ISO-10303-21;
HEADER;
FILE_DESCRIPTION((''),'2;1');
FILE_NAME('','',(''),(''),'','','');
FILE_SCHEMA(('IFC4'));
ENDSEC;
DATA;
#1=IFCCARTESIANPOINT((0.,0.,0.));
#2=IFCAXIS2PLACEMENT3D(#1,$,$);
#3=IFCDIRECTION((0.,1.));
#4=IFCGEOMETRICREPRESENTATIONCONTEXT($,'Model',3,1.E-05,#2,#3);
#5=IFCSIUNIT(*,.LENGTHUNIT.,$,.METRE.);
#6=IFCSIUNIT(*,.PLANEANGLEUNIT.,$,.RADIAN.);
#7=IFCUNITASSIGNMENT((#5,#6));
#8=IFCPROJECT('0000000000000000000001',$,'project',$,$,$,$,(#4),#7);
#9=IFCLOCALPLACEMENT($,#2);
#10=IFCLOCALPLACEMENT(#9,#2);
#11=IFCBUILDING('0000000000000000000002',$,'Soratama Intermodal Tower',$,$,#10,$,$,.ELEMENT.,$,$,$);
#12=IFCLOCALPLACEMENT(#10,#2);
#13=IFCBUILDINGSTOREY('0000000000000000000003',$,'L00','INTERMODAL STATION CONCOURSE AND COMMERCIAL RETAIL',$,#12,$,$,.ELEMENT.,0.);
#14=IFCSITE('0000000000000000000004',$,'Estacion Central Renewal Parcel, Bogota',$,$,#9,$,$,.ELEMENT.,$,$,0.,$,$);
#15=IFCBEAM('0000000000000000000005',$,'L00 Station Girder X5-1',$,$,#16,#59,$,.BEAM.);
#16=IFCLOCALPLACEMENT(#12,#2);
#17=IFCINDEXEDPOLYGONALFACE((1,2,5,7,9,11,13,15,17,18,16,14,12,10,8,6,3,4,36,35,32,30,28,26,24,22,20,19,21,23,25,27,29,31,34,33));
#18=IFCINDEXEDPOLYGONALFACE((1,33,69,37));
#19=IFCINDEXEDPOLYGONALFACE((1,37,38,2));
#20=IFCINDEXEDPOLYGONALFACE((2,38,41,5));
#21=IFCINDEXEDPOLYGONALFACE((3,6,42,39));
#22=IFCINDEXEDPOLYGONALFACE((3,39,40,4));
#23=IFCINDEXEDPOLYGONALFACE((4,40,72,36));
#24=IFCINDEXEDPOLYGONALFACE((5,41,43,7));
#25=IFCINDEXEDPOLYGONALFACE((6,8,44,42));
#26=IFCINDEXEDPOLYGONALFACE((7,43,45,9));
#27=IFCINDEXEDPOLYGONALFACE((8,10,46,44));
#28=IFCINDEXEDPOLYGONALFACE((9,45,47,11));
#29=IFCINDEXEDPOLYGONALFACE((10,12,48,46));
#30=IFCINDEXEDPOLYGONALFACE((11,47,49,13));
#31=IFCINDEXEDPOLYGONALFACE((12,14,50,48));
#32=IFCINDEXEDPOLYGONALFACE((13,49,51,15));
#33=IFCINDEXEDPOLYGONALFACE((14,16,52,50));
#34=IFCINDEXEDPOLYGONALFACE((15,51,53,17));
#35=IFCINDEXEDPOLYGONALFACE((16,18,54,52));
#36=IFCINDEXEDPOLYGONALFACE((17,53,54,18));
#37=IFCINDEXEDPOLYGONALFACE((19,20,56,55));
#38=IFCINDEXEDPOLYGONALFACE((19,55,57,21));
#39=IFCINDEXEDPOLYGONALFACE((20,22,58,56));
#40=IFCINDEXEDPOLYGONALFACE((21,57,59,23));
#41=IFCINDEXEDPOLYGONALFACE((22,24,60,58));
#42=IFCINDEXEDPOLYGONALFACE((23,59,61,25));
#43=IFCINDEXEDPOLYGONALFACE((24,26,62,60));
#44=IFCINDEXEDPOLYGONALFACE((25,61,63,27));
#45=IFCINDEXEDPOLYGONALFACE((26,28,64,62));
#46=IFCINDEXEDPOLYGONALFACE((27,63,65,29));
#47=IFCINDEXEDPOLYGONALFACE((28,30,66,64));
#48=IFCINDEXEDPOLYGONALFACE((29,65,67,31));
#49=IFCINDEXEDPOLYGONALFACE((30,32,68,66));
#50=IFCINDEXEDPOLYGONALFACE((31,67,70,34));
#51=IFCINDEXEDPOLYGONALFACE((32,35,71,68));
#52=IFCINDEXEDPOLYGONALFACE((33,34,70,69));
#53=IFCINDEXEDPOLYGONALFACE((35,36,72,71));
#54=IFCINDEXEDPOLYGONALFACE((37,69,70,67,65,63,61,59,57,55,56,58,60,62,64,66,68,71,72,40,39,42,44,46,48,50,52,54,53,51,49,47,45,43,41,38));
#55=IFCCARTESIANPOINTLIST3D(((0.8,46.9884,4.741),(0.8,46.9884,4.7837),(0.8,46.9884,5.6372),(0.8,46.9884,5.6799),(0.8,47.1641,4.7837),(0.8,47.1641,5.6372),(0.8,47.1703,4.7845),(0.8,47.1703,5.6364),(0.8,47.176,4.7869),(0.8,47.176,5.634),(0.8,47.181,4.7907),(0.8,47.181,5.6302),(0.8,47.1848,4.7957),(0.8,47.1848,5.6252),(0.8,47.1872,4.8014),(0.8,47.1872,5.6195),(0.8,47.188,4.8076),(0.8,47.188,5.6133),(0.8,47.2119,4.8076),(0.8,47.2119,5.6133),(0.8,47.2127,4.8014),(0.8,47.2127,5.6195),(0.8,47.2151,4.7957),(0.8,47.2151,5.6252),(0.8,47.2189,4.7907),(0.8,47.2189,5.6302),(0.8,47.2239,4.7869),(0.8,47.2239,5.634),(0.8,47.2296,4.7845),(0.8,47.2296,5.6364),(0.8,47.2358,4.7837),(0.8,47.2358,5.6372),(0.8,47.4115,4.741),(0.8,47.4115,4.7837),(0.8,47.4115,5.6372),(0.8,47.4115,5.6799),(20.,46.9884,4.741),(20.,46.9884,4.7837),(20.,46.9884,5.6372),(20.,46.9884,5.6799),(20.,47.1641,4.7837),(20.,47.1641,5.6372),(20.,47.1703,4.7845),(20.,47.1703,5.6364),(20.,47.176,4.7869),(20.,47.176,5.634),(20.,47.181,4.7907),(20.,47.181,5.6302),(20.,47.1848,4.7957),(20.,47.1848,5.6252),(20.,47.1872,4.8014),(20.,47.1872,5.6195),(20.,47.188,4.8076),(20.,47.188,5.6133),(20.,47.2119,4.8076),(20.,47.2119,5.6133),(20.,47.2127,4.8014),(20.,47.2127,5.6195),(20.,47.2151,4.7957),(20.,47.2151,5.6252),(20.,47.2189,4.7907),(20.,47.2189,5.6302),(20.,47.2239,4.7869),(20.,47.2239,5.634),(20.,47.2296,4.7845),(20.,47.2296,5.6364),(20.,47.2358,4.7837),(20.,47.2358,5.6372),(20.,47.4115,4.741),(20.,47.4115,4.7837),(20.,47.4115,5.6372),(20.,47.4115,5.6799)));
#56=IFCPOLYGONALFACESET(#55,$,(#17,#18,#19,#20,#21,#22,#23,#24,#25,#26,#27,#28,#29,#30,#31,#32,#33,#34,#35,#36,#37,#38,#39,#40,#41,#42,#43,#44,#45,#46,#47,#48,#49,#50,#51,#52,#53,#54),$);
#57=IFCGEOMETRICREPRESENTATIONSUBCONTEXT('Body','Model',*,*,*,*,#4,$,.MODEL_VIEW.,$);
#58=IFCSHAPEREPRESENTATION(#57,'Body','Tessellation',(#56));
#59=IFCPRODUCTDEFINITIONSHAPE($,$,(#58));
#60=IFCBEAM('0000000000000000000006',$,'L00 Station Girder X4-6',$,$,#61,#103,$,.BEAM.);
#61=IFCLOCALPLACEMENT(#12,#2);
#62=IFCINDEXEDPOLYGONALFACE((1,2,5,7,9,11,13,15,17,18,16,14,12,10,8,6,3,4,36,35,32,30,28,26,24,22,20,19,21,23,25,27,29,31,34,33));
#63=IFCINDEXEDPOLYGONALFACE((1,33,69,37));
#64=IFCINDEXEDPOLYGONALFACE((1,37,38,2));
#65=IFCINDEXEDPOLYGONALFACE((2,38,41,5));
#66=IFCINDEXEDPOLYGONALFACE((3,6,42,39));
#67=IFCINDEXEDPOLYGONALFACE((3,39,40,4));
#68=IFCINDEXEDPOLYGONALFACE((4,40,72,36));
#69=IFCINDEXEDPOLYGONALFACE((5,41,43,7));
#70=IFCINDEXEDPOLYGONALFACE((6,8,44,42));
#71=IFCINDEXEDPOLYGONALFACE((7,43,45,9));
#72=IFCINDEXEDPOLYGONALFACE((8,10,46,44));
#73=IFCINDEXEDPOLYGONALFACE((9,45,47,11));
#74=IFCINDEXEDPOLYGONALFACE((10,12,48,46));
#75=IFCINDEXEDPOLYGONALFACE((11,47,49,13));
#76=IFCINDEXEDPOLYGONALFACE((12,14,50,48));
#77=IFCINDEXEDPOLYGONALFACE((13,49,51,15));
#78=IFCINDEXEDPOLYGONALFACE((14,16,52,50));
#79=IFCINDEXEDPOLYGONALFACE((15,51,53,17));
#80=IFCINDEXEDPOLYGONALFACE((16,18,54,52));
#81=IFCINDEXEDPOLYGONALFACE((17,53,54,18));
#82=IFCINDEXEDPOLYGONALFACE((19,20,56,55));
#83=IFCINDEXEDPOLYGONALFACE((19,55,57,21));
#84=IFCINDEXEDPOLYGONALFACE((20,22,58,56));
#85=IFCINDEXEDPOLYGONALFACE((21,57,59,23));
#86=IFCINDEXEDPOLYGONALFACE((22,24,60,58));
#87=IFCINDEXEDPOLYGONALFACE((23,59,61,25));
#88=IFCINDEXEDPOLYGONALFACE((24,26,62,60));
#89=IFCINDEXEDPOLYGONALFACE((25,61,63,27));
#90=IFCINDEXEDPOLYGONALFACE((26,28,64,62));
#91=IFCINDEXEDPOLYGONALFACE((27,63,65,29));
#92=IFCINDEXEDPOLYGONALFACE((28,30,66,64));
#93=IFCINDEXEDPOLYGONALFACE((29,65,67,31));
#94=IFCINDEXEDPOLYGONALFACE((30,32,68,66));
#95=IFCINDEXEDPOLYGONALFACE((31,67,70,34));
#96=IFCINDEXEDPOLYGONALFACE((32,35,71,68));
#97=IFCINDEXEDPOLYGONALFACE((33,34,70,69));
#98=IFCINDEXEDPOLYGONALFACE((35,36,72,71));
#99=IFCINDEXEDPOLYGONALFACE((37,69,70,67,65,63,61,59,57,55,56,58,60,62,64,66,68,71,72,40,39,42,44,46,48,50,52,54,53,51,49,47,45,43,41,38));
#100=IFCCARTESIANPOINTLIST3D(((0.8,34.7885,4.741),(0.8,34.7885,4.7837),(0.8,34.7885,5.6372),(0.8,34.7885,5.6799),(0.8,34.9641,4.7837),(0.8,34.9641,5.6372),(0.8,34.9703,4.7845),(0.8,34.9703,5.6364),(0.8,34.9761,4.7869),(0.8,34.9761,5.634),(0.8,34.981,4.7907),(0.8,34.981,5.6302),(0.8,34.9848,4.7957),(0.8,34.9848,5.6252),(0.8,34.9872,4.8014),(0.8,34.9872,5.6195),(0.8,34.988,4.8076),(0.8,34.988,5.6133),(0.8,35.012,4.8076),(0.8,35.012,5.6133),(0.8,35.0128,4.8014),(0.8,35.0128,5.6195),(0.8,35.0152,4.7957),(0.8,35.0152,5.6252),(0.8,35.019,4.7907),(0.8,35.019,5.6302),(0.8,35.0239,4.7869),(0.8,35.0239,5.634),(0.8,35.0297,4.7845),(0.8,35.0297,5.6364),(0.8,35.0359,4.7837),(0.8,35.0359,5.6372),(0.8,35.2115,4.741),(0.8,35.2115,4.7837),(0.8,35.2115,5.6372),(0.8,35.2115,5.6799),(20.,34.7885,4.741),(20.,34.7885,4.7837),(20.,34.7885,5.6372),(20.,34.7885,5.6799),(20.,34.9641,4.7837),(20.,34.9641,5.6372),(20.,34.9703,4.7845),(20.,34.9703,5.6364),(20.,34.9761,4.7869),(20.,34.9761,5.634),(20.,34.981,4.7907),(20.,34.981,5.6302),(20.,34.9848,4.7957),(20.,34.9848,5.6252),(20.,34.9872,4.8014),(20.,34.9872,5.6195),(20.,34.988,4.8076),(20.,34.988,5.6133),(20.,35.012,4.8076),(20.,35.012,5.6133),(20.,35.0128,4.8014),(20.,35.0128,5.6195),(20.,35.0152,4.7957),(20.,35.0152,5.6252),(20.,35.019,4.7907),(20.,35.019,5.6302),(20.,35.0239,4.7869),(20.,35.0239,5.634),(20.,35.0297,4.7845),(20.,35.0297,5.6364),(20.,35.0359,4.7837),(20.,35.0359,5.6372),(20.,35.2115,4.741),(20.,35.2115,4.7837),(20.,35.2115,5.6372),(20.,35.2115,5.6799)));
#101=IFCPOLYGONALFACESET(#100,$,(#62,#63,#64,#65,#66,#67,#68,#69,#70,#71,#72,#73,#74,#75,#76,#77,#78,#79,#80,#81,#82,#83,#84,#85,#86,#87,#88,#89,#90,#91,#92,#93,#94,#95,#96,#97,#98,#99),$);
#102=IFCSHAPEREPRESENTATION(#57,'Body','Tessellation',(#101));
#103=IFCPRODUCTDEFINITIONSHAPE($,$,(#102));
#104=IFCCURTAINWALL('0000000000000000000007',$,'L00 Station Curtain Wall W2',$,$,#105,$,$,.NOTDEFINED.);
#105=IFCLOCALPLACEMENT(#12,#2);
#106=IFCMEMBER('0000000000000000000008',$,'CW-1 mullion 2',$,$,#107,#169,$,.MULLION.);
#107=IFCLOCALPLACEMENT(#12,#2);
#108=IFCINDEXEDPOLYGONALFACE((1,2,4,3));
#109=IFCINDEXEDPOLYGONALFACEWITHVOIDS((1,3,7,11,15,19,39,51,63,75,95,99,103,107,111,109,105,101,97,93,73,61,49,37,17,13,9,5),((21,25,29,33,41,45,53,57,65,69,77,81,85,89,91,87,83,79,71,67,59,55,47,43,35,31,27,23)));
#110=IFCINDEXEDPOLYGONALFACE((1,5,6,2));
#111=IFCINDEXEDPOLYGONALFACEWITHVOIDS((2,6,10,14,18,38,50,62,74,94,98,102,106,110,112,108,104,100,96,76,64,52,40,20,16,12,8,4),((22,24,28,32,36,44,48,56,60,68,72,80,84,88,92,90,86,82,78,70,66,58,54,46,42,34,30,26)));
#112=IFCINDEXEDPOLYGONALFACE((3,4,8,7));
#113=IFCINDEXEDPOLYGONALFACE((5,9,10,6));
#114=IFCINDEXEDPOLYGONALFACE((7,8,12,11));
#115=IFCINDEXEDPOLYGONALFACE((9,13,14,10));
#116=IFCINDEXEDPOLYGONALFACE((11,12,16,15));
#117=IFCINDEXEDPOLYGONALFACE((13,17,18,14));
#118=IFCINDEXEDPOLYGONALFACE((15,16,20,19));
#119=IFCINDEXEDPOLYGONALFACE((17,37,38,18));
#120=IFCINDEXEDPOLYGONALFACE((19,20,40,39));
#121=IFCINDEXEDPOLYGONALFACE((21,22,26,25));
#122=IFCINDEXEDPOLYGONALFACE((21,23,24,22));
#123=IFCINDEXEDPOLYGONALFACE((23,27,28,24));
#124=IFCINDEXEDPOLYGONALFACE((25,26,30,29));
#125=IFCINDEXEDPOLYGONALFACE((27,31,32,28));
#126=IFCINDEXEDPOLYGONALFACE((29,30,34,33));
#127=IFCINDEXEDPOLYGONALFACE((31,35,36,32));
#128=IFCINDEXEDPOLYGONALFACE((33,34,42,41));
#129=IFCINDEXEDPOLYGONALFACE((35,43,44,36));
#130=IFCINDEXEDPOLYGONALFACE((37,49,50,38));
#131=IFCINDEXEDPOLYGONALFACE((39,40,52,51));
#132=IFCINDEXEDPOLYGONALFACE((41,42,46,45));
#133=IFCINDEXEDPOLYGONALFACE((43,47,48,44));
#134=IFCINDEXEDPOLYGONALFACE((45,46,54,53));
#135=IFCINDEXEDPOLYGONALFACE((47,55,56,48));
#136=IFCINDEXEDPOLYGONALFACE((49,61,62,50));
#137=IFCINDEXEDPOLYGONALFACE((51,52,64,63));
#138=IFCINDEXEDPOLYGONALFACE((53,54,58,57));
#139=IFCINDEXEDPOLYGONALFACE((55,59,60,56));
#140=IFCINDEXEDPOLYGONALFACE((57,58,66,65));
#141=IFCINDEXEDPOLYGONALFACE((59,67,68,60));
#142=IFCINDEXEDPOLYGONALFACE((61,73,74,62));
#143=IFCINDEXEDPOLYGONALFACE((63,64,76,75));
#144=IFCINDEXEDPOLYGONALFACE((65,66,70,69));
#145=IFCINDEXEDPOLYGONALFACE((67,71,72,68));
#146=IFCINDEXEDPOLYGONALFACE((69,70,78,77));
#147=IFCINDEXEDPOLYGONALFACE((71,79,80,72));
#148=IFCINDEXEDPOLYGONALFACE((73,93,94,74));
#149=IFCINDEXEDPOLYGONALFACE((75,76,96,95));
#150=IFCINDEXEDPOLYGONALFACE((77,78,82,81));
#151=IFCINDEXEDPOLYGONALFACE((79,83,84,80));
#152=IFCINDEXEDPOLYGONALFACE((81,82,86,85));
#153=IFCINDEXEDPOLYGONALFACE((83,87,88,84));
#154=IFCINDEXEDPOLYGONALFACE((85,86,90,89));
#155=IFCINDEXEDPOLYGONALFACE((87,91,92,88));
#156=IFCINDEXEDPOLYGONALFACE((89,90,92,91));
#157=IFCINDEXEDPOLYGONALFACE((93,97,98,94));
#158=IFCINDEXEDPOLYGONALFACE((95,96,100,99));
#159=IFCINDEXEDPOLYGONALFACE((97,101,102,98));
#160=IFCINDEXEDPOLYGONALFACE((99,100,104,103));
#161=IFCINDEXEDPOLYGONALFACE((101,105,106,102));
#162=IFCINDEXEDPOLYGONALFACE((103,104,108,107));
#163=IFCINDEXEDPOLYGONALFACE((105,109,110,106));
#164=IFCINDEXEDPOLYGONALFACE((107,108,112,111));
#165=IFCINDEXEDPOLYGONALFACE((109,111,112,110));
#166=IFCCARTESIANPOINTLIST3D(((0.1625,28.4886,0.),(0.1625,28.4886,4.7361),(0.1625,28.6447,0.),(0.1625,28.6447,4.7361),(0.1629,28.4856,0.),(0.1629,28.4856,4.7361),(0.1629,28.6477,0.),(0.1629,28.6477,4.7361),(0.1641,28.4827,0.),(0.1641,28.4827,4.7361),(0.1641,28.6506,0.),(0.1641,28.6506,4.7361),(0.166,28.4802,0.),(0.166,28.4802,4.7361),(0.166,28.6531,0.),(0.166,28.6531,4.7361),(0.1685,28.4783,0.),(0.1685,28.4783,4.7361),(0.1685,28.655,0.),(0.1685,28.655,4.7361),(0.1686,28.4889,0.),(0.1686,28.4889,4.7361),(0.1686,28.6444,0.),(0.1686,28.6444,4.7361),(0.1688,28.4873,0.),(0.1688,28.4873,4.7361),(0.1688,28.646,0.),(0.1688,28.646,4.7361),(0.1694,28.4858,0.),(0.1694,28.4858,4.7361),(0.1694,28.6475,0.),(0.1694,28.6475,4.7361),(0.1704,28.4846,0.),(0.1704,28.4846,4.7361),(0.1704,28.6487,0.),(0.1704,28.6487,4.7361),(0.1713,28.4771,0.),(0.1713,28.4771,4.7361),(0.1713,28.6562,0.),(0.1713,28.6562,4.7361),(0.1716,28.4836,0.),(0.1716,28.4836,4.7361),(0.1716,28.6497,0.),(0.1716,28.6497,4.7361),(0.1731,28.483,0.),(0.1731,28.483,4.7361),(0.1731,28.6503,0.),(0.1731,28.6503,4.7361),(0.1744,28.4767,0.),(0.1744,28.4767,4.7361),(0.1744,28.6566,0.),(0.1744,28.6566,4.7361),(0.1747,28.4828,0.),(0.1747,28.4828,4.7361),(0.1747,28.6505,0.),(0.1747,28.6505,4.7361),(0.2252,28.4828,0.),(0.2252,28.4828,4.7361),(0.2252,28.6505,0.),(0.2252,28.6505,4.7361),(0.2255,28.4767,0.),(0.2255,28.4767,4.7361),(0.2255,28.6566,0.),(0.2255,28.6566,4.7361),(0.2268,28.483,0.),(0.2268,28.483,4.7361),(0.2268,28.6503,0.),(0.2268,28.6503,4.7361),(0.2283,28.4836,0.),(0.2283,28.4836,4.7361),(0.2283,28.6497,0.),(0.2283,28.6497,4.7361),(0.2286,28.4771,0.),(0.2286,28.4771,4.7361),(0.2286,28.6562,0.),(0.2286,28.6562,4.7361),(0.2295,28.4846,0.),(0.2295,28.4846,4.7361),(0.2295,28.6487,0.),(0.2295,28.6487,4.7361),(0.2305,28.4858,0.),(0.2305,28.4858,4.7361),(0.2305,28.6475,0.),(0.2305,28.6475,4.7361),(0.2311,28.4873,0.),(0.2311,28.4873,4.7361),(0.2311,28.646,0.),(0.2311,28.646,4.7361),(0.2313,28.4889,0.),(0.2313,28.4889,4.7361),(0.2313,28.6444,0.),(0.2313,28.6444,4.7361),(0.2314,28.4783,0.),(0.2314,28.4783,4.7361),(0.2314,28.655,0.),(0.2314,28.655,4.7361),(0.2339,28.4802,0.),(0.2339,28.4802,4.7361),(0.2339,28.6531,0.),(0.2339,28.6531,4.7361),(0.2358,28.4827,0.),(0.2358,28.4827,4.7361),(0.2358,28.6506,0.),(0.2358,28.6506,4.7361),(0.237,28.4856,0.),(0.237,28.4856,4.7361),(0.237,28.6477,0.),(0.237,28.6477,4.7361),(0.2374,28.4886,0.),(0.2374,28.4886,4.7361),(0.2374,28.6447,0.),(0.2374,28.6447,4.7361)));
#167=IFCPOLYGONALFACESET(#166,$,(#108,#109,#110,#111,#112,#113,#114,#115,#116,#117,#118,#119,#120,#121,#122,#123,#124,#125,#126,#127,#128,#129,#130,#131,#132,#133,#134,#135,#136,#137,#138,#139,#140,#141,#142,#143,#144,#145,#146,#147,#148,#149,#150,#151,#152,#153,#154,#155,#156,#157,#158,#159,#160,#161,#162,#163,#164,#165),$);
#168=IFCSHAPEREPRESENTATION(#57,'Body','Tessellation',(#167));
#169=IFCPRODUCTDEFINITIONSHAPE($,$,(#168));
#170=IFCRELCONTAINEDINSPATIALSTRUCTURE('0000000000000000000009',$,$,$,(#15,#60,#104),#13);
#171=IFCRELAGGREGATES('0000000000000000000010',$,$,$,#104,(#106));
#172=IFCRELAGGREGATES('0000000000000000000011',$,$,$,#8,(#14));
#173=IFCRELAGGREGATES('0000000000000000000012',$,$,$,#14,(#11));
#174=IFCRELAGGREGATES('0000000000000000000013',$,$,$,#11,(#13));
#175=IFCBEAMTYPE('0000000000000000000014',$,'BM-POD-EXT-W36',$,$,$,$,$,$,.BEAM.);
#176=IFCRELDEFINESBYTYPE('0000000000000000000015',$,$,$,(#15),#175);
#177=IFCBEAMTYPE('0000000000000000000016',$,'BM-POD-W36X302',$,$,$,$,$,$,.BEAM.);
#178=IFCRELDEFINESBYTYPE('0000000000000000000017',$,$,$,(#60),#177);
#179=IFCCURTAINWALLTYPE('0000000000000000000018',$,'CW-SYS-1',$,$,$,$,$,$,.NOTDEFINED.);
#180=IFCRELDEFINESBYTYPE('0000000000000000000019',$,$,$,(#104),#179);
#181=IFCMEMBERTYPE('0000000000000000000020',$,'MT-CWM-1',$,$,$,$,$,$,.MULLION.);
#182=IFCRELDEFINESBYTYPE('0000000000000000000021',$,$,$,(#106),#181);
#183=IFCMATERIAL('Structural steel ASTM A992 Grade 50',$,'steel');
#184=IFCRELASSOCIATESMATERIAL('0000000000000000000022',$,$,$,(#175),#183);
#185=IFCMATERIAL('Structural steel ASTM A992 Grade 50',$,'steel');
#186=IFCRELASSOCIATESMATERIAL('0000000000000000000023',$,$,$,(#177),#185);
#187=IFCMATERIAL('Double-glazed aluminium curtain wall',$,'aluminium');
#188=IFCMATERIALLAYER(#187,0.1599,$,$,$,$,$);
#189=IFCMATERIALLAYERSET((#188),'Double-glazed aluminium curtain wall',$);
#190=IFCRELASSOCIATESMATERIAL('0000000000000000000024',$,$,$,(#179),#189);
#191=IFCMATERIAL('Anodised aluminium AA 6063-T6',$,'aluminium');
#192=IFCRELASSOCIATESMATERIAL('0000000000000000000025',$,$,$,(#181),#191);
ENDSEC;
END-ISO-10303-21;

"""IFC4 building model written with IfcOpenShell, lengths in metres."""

from ifc_helpers import new_model, si_unit, direction, frame, origin, origin_2d, place, context, subcontext, project, spatial, hollow_rectangle, i_section, extrude, material, layer, layer_set, material_profile, profile_set, type_object, element, aggregate, save


model = new_model("IFC4")

# Units and contexts
model_context = context("Model", 3, precision=1e-05, world=origin(), true_north=direction((0.0, 1.0)))
body_context = subcontext(model_context, "Body", "Model", "MODEL_VIEW")
ifc_project = project(units=[si_unit("LENGTHUNIT", "METRE"), si_unit("PLANEANGLEUNIT", "RADIAN")], contexts=[model_context])

# Site, building, storey
site_placement = place(None, origin())
site = spatial("IfcSite", under=ifc_project, at=site_placement, Name="Estacion Central Renewal Parcel, Bogota", CompositionType="ELEMENT", RefElevation=0.0)
building_placement = place(site_placement, origin())
building = spatial("IfcBuilding", under=site, at=building_placement, Name="Soratama Intermodal Tower", CompositionType="ELEMENT")
storey_placement = place(building_placement, origin())
storey = spatial("IfcBuildingStorey", under=building, at=storey_placement, Name="L00", Description="INTERMODAL STATION CONCOURSE AND COMMERCIAL RETAIL", CompositionType="ELEMENT", Elevation=0.0)

# Beams
ifc_material_1 = material(Name="Structural steel ASTM A992 Grade 50", Category="steel")
ifc_material_profile_1 = material_profile(ifc_material_1, i_section(OverallWidth=0.4231, OverallDepth=0.939, WebThickness=0.0239, FlangeThickness=0.0427, FilletRadius=0.0239, at=origin_2d()), Name="W36X302")
ifc_profile_set_1 = profile_set([ifc_material_profile_1], Name="Structural steel ASTM A992 Grade 50")
beam_type_1 = type_object("IfcBeamType", Name="BM-POD-EXT-W36", PredefinedType="BEAM", material=ifc_profile_set_1)
beam_1_placement = place(storey_placement, frame((0.8, 47.2, 5.2104), z_axis=(1.0, 0.0, 0.0), x_axis=(0.0, 1.0, 0.0)))
element("IfcBeam", 1, at=beam_1_placement, inside=storey, type_object=beam_type_1, Name="L00 Station Girder X5-1", PredefinedType="BEAM", context=body_context, shape_type="SweptSolid", body=[
    extrude(i_section(OverallWidth=0.4231, OverallDepth=0.939, WebThickness=0.0239, FlangeThickness=0.0427, FilletRadius=0.0239, at=origin_2d()), origin(), (0.0, 0.0, 1.0), 19.2),
])
ifc_material_2 = material(Name="Structural steel ASTM A992 Grade 50", Category="steel")
ifc_material_profile_2 = material_profile(ifc_material_2, i_section(OverallWidth=0.4231, OverallDepth=0.939, WebThickness=0.0239, FlangeThickness=0.0427, FilletRadius=0.0239, at=origin_2d()), Name="W36X302")
ifc_profile_set_2 = profile_set([ifc_material_profile_2], Name="Structural steel ASTM A992 Grade 50")
beam_type_2 = type_object("IfcBeamType", Name="BM-POD-W36X302", PredefinedType="BEAM", material=ifc_profile_set_2)
beam_2_placement = place(storey_placement, frame((0.8, 35.0, 5.2104), z_axis=(1.0, 0.0, 0.0), x_axis=(0.0, 1.0, 0.0)))
element("IfcBeam", 2, at=beam_2_placement, inside=storey, type_object=beam_type_2, Name="L00 Station Girder X4-6", PredefinedType="BEAM", context=body_context, shape_type="SweptSolid", body=[
    extrude(i_section(OverallWidth=0.4231, OverallDepth=0.939, WebThickness=0.0239, FlangeThickness=0.0427, FilletRadius=0.0239, at=origin_2d()), origin(), (0.0, 0.0, 1.0), 19.2),
])

# Curtain wall, member
ifc_material_3 = material(Name="Double-glazed aluminium curtain wall", Category="aluminium")
ifc_layer_1 = layer(ifc_material_3, 0.1599)
ifc_layer_set_1 = layer_set([ifc_layer_1], Name="Double-glazed aluminium curtain wall")
curtain_wall_type = type_object("IfcCurtainWallType", Name="CW-SYS-1", PredefinedType="NOTDEFINED", material=ifc_layer_set_1)
curtain_wall_placement = place(storey_placement, origin())
curtain_wall = element("IfcCurtainWall", 3, at=curtain_wall_placement, inside=storey, type_object=curtain_wall_type, Name="L00 Station Curtain Wall W2", PredefinedType="NOTDEFINED")
ifc_material_4 = material(Name="Anodised aluminium AA 6063-T6", Category="aluminium")
ifc_material_profile_3 = material_profile(ifc_material_4, hollow_rectangle(XDim=0.075, YDim=0.1799, WallThickness=0.0061, InnerFilletRadius=0.0061, OuterFilletRadius=0.012, at=origin_2d()), Name="CWM180X75X6")
ifc_profile_set_3 = profile_set([ifc_material_profile_3], Name="Anodised aluminium AA 6063-T6")
member_type_1 = type_object("IfcMemberType", Name="MT-CWM-1", PredefinedType="MULLION", material=ifc_profile_set_3)
member_1_placement = place(storey_placement, frame((0.2, 28.5667, 0.0), z_axis=(0.0, 0.0, 1.0), x_axis=(-1.0, 0.0, 0.0)))
member_1 = element("IfcMember", 4, at=member_1_placement, type_object=member_type_1, Name="CW-1 mullion 2", PredefinedType="MULLION", context=body_context, shape_type="SweptSolid", body=[
    extrude(hollow_rectangle(XDim=0.075, YDim=0.1799, WallThickness=0.0061, InnerFilletRadius=0.0061, OuterFilletRadius=0.012, at=origin_2d()), origin(), (0.0, 0.0, 1.0), 4.7361),
])
aggregate(curtain_wall, [member_1])

save(model, "model.ifc")
